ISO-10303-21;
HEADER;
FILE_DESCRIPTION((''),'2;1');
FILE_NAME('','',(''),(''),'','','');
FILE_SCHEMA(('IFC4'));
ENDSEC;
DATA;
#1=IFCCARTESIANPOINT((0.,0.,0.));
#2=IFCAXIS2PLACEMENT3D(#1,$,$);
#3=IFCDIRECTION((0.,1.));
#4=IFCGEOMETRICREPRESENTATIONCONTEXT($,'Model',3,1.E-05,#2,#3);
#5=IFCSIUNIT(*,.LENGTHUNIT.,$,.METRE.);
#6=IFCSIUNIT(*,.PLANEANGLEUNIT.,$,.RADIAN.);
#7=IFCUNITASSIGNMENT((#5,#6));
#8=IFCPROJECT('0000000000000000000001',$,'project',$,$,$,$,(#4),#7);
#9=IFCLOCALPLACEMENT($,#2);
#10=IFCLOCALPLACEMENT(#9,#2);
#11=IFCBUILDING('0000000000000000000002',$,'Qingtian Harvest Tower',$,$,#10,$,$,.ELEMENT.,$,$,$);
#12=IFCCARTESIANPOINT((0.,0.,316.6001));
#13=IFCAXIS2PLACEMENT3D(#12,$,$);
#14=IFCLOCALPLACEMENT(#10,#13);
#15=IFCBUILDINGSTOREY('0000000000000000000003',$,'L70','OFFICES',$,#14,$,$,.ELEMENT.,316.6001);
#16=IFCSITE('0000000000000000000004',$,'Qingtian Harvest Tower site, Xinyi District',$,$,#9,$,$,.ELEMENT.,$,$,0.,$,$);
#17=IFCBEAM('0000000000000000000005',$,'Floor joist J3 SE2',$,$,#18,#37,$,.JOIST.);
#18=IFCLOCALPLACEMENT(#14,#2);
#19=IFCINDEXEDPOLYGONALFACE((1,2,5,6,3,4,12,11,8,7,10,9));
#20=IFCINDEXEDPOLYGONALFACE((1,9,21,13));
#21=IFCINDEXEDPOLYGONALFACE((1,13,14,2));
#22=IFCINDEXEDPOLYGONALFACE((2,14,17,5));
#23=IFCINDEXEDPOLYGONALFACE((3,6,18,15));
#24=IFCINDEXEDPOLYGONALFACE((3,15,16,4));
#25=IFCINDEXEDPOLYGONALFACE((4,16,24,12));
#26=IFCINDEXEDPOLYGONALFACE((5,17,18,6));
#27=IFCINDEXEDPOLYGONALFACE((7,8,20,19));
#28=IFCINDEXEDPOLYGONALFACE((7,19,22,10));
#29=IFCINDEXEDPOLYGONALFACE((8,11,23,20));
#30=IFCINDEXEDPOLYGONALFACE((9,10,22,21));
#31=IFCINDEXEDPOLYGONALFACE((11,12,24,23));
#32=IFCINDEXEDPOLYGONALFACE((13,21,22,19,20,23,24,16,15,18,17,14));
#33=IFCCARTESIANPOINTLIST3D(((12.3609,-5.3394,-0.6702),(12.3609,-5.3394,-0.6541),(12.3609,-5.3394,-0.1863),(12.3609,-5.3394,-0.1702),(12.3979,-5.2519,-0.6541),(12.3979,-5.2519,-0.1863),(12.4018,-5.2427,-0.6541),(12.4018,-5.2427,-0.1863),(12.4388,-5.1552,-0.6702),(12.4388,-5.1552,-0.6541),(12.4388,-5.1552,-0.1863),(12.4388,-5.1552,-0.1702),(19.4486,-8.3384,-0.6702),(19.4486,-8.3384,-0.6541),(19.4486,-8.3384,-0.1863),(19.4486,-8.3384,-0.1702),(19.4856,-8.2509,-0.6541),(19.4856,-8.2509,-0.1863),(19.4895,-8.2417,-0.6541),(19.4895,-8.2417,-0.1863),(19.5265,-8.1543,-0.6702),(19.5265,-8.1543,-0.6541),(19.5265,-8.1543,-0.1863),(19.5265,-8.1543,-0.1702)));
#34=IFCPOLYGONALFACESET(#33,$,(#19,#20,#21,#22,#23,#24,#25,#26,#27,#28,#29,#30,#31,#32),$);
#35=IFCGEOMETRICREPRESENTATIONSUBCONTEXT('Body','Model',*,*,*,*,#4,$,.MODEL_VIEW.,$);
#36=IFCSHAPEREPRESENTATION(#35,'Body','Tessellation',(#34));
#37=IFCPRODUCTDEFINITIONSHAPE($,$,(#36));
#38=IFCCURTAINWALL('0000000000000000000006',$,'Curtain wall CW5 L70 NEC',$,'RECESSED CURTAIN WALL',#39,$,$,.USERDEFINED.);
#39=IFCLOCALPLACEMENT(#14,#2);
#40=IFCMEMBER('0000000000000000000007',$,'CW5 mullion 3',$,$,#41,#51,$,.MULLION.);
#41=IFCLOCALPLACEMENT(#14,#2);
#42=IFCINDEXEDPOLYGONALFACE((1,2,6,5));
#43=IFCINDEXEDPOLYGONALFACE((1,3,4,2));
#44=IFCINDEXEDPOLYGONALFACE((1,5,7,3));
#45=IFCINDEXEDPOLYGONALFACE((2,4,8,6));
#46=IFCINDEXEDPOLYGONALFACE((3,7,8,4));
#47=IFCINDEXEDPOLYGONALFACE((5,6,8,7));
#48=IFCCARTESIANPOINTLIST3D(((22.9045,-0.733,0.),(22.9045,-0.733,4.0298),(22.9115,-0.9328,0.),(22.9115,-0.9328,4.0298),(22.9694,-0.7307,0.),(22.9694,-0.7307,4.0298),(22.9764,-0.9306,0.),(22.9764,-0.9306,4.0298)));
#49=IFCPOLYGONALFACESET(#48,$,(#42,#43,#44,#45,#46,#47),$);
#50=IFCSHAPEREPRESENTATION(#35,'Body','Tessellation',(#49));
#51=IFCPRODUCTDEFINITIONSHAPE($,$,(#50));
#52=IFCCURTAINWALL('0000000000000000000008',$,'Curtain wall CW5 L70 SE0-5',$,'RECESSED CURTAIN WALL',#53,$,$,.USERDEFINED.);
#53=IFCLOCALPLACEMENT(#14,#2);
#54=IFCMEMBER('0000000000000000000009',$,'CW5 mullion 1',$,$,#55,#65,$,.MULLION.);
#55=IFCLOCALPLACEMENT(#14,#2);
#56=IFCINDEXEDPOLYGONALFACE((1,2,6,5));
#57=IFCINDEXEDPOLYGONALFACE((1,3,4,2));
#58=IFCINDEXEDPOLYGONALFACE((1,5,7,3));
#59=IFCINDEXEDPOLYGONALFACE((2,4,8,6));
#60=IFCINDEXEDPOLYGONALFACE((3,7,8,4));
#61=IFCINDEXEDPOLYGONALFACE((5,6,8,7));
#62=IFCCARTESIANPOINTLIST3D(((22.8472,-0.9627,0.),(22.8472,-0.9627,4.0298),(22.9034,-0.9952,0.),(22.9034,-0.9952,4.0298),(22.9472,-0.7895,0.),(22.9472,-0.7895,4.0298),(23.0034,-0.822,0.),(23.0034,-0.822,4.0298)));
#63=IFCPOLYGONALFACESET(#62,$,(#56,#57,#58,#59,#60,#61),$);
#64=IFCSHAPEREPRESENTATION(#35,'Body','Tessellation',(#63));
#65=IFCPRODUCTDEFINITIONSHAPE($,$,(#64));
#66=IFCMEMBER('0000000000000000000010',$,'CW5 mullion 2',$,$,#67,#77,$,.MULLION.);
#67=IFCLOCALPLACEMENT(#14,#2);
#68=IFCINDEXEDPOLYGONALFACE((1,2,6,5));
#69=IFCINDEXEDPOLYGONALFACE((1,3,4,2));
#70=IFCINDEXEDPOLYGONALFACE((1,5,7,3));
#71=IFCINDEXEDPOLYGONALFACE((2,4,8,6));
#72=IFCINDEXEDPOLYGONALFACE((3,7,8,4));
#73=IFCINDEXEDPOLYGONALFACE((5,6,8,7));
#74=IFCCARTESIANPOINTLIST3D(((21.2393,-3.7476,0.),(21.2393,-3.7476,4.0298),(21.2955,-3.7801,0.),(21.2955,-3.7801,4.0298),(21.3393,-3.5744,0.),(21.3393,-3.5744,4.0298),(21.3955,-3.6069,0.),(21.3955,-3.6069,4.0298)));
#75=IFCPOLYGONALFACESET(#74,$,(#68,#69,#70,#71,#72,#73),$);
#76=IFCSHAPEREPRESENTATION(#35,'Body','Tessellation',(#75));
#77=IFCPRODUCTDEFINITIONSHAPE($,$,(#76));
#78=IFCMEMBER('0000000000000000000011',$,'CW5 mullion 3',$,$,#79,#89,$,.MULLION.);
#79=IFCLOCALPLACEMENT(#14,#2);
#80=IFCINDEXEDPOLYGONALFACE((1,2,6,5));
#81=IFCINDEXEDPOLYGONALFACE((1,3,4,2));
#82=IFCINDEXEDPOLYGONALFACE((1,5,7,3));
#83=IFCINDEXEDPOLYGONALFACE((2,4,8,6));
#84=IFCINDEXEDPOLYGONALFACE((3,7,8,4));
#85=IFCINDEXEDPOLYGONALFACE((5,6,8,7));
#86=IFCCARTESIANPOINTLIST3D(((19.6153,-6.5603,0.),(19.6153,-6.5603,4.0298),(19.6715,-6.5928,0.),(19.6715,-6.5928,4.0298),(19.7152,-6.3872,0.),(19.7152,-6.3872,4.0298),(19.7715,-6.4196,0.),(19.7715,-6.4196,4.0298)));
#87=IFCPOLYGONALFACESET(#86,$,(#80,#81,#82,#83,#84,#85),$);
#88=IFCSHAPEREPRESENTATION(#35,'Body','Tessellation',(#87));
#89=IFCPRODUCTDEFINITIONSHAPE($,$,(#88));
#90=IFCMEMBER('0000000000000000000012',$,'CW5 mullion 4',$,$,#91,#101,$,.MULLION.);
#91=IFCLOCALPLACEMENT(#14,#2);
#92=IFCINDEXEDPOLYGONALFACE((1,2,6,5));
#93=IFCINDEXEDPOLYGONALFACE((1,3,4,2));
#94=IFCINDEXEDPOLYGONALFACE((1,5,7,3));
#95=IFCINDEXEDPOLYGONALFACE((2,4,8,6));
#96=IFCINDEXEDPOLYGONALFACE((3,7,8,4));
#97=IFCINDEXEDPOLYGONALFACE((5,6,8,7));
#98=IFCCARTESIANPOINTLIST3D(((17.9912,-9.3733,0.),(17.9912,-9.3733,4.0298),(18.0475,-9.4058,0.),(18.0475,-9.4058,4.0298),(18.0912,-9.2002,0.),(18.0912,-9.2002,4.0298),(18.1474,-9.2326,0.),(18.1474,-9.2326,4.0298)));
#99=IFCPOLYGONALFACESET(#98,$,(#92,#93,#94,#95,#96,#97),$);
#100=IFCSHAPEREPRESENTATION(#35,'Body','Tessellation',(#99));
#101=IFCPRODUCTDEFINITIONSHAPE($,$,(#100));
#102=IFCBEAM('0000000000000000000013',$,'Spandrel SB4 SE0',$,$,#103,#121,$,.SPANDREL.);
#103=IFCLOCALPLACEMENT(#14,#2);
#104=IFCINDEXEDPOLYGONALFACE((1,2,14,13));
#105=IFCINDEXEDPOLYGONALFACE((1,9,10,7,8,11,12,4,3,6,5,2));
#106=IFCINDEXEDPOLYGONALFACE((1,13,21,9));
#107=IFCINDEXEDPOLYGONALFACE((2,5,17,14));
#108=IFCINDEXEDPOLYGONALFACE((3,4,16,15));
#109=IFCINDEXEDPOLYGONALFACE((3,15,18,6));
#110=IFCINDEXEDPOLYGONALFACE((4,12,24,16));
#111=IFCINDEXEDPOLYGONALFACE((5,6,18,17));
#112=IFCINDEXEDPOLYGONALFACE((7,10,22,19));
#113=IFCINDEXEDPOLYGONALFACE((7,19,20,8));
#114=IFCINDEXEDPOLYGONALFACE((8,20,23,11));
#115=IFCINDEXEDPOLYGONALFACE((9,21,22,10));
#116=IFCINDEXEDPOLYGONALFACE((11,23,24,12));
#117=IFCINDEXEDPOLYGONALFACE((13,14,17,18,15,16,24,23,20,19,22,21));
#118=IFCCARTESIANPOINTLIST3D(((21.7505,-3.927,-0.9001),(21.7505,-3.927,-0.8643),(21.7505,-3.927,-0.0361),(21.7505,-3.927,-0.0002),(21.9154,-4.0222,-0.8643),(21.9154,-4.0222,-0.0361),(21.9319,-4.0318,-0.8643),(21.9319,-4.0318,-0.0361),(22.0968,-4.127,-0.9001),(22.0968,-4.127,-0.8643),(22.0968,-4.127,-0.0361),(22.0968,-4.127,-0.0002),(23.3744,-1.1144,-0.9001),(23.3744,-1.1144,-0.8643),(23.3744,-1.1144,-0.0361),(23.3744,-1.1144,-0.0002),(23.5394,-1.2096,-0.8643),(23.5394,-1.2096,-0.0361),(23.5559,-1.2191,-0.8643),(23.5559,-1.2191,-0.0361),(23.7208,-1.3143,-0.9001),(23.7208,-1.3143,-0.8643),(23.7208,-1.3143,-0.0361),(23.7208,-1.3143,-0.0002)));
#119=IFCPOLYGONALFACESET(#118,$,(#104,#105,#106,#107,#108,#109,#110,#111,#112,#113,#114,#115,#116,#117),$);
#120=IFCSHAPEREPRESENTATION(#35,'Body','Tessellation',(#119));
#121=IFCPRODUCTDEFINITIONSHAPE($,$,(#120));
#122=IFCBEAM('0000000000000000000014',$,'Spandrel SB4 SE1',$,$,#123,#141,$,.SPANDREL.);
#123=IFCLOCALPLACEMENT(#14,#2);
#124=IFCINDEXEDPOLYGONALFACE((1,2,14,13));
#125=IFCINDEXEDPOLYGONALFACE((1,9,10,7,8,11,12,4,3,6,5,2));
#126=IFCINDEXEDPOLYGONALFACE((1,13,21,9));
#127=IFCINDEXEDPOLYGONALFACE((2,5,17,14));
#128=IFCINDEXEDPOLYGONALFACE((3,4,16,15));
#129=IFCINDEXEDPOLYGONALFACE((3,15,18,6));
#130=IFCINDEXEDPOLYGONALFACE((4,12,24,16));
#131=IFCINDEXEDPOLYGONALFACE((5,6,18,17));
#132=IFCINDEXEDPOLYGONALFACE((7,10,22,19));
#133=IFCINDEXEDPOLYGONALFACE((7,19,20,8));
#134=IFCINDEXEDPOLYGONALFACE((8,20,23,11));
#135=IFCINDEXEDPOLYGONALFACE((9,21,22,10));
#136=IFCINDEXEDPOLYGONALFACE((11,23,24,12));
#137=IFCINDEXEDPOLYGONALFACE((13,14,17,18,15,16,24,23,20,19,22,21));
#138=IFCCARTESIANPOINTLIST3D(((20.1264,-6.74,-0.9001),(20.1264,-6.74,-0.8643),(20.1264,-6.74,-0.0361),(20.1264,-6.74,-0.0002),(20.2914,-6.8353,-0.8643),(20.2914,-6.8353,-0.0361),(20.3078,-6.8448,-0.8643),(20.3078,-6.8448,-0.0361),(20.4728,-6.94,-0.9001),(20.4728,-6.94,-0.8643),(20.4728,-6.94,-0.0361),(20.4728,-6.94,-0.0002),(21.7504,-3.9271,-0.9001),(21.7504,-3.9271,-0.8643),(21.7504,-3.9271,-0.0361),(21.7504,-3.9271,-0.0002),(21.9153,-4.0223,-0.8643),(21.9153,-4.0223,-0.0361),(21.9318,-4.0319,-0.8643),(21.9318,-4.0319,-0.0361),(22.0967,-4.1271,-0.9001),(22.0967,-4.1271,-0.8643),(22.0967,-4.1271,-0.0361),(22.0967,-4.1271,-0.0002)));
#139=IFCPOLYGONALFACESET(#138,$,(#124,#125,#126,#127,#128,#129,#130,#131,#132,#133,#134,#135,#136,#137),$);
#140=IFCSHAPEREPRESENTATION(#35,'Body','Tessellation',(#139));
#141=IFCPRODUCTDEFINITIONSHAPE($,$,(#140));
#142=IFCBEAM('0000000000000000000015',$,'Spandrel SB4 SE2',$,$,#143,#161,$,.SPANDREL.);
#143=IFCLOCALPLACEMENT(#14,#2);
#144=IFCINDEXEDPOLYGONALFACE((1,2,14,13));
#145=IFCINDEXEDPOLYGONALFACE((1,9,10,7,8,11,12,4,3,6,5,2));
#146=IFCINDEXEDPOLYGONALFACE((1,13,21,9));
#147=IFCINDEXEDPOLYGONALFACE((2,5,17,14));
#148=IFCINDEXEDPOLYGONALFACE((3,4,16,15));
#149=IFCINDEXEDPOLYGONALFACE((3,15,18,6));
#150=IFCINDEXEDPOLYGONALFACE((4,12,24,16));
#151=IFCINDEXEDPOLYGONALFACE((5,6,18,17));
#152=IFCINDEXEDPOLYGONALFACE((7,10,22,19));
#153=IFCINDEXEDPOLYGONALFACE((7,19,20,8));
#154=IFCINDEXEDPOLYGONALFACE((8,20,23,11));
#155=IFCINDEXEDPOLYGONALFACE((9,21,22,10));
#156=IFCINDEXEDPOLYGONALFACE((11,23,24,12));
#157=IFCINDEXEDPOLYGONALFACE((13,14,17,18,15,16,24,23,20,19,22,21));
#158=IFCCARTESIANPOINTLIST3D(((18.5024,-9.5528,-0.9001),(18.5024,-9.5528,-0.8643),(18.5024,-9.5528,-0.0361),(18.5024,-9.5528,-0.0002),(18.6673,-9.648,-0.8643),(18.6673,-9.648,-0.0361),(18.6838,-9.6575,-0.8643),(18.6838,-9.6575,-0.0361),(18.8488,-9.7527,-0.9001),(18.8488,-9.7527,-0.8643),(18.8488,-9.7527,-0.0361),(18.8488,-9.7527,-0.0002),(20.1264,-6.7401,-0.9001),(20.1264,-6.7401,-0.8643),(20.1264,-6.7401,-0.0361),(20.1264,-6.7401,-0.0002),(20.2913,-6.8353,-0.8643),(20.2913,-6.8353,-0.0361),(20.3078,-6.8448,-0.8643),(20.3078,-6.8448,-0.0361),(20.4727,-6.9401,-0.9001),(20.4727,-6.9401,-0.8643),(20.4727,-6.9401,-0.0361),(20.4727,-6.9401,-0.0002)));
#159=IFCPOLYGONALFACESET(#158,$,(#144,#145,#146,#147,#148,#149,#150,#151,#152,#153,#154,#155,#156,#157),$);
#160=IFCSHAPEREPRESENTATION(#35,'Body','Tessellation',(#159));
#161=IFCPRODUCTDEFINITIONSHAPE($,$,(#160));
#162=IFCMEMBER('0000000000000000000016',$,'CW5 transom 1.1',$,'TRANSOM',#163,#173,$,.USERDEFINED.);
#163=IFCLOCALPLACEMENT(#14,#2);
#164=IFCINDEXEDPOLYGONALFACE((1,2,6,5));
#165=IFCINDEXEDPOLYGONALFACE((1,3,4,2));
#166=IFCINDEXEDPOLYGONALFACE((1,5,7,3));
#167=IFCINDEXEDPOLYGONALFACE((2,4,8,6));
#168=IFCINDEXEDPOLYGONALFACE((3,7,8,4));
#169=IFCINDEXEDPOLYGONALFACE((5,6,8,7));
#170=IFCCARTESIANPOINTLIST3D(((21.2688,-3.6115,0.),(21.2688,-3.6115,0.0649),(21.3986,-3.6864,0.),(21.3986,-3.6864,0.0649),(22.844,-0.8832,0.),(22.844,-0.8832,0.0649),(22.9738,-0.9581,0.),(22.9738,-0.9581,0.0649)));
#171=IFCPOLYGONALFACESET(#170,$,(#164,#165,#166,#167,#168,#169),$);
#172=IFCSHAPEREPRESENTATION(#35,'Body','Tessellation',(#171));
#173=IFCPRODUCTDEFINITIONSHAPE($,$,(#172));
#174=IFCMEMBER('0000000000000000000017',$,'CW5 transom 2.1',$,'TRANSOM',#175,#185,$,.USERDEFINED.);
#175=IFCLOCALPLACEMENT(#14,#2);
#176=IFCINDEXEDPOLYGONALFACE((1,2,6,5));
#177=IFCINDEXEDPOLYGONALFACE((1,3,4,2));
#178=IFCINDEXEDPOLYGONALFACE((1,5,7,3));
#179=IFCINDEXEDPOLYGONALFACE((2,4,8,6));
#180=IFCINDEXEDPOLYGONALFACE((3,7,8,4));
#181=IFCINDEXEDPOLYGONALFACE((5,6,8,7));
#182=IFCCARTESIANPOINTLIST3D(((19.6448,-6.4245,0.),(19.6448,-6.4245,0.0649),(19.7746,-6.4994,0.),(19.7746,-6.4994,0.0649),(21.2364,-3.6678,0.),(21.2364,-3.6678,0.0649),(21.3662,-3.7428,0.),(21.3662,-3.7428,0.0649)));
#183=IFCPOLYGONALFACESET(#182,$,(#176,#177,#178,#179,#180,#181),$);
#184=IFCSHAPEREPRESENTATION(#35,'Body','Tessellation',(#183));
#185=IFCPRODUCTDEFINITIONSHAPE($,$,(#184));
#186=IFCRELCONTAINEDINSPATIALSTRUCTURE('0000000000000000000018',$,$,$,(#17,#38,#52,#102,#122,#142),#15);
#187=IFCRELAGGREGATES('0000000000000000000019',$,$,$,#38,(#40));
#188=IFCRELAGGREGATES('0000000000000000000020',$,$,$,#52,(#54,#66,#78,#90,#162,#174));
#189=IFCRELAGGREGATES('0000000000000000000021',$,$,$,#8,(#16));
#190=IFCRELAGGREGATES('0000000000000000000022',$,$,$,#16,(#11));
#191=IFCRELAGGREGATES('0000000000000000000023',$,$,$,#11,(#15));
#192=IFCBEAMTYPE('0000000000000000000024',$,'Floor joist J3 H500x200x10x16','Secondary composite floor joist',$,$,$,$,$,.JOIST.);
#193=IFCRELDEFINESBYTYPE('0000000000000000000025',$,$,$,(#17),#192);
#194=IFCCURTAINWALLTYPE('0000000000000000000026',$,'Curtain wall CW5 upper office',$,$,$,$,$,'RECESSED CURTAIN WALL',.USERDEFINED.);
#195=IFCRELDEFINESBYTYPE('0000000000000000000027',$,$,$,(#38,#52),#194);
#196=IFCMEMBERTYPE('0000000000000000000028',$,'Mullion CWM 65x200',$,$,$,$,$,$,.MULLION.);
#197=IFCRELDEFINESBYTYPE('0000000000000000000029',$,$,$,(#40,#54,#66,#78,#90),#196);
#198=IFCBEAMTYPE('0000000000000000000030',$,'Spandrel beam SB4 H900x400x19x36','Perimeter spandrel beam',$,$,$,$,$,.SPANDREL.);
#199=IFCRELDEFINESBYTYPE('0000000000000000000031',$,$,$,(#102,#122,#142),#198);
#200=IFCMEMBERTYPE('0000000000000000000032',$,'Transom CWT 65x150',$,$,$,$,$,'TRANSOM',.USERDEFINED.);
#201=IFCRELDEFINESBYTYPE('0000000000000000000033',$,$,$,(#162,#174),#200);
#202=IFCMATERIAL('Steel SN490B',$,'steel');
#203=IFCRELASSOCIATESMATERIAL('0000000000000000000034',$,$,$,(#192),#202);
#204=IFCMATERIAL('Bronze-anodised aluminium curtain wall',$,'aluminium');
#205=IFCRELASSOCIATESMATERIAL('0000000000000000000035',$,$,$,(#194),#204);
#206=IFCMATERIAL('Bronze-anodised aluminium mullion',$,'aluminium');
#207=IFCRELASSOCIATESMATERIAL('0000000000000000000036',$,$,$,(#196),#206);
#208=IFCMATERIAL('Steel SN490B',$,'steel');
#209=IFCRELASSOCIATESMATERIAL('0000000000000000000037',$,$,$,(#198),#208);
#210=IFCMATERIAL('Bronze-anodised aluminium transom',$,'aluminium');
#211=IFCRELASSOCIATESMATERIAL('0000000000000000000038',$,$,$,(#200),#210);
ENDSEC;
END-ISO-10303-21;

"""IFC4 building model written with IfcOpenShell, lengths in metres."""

from ifc_helpers import new_model, si_unit, direction, frame, origin, origin_2d, place, context, subcontext, project, spatial, rectangle, i_section, extrude, material, material_profile, profile_set, type_object, element, aggregate, save


model = new_model("IFC4")

# Units and contexts
model_context = context("Model", 3, precision=1e-05, world=origin(), true_north=direction((0.0, 1.0)))
body_context = subcontext(model_context, "Body", "Model", "MODEL_VIEW")
ifc_project = project(units=[si_unit("LENGTHUNIT", "METRE"), si_unit("PLANEANGLEUNIT", "RADIAN")], contexts=[model_context])

# Site, building, storey
site_placement = place(None, origin())
site = spatial("IfcSite", under=ifc_project, at=site_placement, Name="Qingtian Harvest Tower site, Xinyi District", CompositionType="ELEMENT", RefElevation=0.0)
building_placement = place(site_placement, origin())
building = spatial("IfcBuilding", under=site, at=building_placement, Name="Qingtian Harvest Tower", CompositionType="ELEMENT")
storey_placement = place(building_placement, frame((0.0, 0.0, 316.6001)))
storey = spatial("IfcBuildingStorey", under=building, at=storey_placement, Name="L70", Description="OFFICES", CompositionType="ELEMENT", Elevation=316.6001)

# Beam
ifc_material_1 = material(Name="Steel SN490B", Category="steel")
ifc_material_profile_1 = material_profile(ifc_material_1, i_section(OverallWidth=0.2, OverallDepth=0.5, WebThickness=0.01, FlangeThickness=0.0161, at=origin_2d()), Name="H500x200x10x16")
ifc_profile_set_1 = profile_set([ifc_material_profile_1], Name="Steel SN490B")
beam_type_1 = type_object("IfcBeamType", Name="Floor joist J3 H500x200x10x16", Description="Secondary composite floor joist", PredefinedType="JOIST", material=ifc_profile_set_1)
beam_1_placement = place(storey_placement, frame((19.4875, -8.2463, -0.4202), z_axis=(-0.920948, 0.389684, 0.0), x_axis=(-0.389684, -0.920948, 0.0)))
element("IfcBeam", 1, at=beam_1_placement, inside=storey, type_object=beam_type_1, Name="Floor joist J3 SE2", PredefinedType="JOIST", context=body_context, shape_type="SweptSolid", body=[
    extrude(i_section(OverallWidth=0.2, OverallDepth=0.5, WebThickness=0.01, FlangeThickness=0.0161, at=origin_2d()), origin(), (0.0, 0.0, 1.0), 7.696),
])

# Curtain wall, member
ifc_material_2 = material(Name="Bronze-anodised aluminium curtain wall", Category="aluminium")
curtain_wall_type = type_object("IfcCurtainWallType", Name="Curtain wall CW5 upper office", ElementType="RECESSED CURTAIN WALL", PredefinedType="USERDEFINED", material=ifc_material_2)
curtain_wall_1_placement = place(storey_placement, origin())
curtain_wall_1 = element("IfcCurtainWall", 2, at=curtain_wall_1_placement, inside=storey, type_object=curtain_wall_type, Name="Curtain wall CW5 L70 NEC", ObjectType="RECESSED CURTAIN WALL", PredefinedType="USERDEFINED")
ifc_material_3 = material(Name="Bronze-anodised aluminium mullion", Category="aluminium")
ifc_material_profile_2 = material_profile(ifc_material_3, rectangle(XDim=0.0649, YDim=0.2, at=origin_2d()), Name="AL 65x200")
ifc_profile_set_2 = profile_set([ifc_material_profile_2], Name="Bronze-anodised aluminium mullion")
member_type_1 = type_object("IfcMemberType", Name="Mullion CWM 65x200", PredefinedType="MULLION", material=ifc_profile_set_2)
member_1_placement = place(storey_placement, frame((22.9404, -0.8318, 0.0), z_axis=(0.0, 0.0, 1.0), x_axis=(0.999391, 0.034899, 0.0)))
member_1 = element("IfcMember", 3, at=member_1_placement, type_object=member_type_1, Name="CW5 mullion 3", PredefinedType="MULLION", context=body_context, shape_type="SweptSolid", body=[
    extrude(rectangle(XDim=0.0649, YDim=0.2, at=origin_2d()), origin(), (0.0, 0.0, 1.0), 4.0298),
])

# Curtain wall, members
curtain_wall_2_placement = place(storey_placement, origin())
curtain_wall_2 = element("IfcCurtainWall", 4, at=curtain_wall_2_placement, inside=storey, type_object=curtain_wall_type, Name="Curtain wall CW5 L70 SE0-5", ObjectType="RECESSED CURTAIN WALL", PredefinedType="USERDEFINED")
member_2_placement = place(storey_placement, frame((22.9253, -0.8923, 0.0), z_axis=(0.0, 0.0, 1.0), x_axis=(0.866025, -0.5, 0.0)))
member_2 = element("IfcMember", 5, at=member_2_placement, type_object=member_type_1, Name="CW5 mullion 1", PredefinedType="MULLION", context=body_context, shape_type="SweptSolid", body=[
    extrude(rectangle(XDim=0.0649, YDim=0.2, at=origin_2d()), origin(), (0.0, 0.0, 1.0), 4.0298),
])
member_3_placement = place(storey_placement, frame((21.3174, -3.6772, 0.0), z_axis=(0.0, 0.0, 1.0), x_axis=(0.866025, -0.5, 0.0)))
member_3 = element("IfcMember", 6, at=member_3_placement, type_object=member_type_1, Name="CW5 mullion 2", PredefinedType="MULLION", context=body_context, shape_type="SweptSolid", body=[
    extrude(rectangle(XDim=0.0649, YDim=0.2, at=origin_2d()), origin(), (0.0, 0.0, 1.0), 4.0298),
])
member_4_placement = place(storey_placement, frame((19.6934, -6.49, 0.0), z_axis=(0.0, 0.0, 1.0), x_axis=(0.866025, -0.5, 0.0)))
member_4 = element("IfcMember", 7, at=member_4_placement, type_object=member_type_1, Name="CW5 mullion 3", PredefinedType="MULLION", context=body_context, shape_type="SweptSolid", body=[
    extrude(rectangle(XDim=0.0649, YDim=0.2, at=origin_2d()), origin(), (0.0, 0.0, 1.0), 4.0298),
])
member_5_placement = place(storey_placement, frame((18.0693, -9.303, 0.0), z_axis=(0.0, 0.0, 1.0), x_axis=(0.866025, -0.5, 0.0)))
member_5 = element("IfcMember", 8, at=member_5_placement, type_object=member_type_1, Name="CW5 mullion 4", PredefinedType="MULLION", context=body_context, shape_type="SweptSolid", body=[
    extrude(rectangle(XDim=0.0649, YDim=0.2, at=origin_2d()), origin(), (0.0, 0.0, 1.0), 4.0298),
])

# Beams
ifc_material_4 = material(Name="Steel SN490B", Category="steel")
ifc_material_profile_3 = material_profile(ifc_material_4, i_section(OverallWidth=0.3999, OverallDepth=0.8999, WebThickness=0.019, FlangeThickness=0.0359, at=origin_2d()), Name="H900x400x19x36")
ifc_profile_set_3 = profile_set([ifc_material_profile_3], Name="Steel SN490B")
beam_type_2 = type_object("IfcBeamType", Name="Spandrel beam SB4 H900x400x19x36", Description="Perimeter spandrel beam", PredefinedType="SPANDREL", material=ifc_profile_set_3)
beam_2_placement = place(storey_placement, frame((23.5476, -1.2144, -0.4502), z_axis=(-0.50002, -0.866014, 0.0), x_axis=(0.866014, -0.50002, 0.0)))
element("IfcBeam", 9, at=beam_2_placement, inside=storey, type_object=beam_type_2, Name="Spandrel SB4 SE0", PredefinedType="SPANDREL", context=body_context, shape_type="SweptSolid", body=[
    extrude(i_section(OverallWidth=0.3999, OverallDepth=0.8999, WebThickness=0.019, FlangeThickness=0.0359, at=origin_2d()), origin(), (0.0, 0.0, 1.0), 3.2478),
])
beam_3_placement = place(storey_placement, frame((21.9236, -4.0271, -0.4502), z_axis=(-0.499987, -0.866033, 0.0), x_axis=(0.866033, -0.499987, 0.0)))
element("IfcBeam", 10, at=beam_3_placement, inside=storey, type_object=beam_type_2, Name="Spandrel SB4 SE1", PredefinedType="SPANDREL", context=body_context, shape_type="SweptSolid", body=[
    extrude(i_section(OverallWidth=0.3999, OverallDepth=0.8999, WebThickness=0.019, FlangeThickness=0.0359, at=origin_2d()), origin(), (0.0, 0.0, 1.0), 3.248),
])
beam_4_placement = place(storey_placement, frame((20.2996, -6.8401, -0.4502), z_axis=(-0.50002, -0.866014, 0.0), x_axis=(0.866014, -0.50002, 0.0)))
element("IfcBeam", 11, at=beam_4_placement, inside=storey, type_object=beam_type_2, Name="Spandrel SB4 SE2", PredefinedType="SPANDREL", context=body_context, shape_type="SweptSolid", body=[
    extrude(i_section(OverallWidth=0.3999, OverallDepth=0.8999, WebThickness=0.019, FlangeThickness=0.0359, at=origin_2d()), origin(), (0.0, 0.0, 1.0), 3.2478),
])

# Members
ifc_material_5 = material(Name="Bronze-anodised aluminium transom", Category="aluminium")
ifc_material_profile_4 = material_profile(ifc_material_5, rectangle(XDim=0.1499, YDim=0.0649, at=origin_2d()), Name="AL 65x150")
ifc_profile_set_4 = profile_set([ifc_material_profile_4], Name="Bronze-anodised aluminium transom")
member_type_2 = type_object("IfcMemberType", Name="Transom CWT 65x150", ElementType="TRANSOM", PredefinedType="USERDEFINED", material=ifc_profile_set_4)
member_6_placement = place(storey_placement, frame((22.9089, -0.9207, 0.0325), z_axis=(-0.500006, -0.866022, 0.0), x_axis=(0.866022, -0.500006, 0.0)))
member_6 = element("IfcMember", 12, at=member_6_placement, type_object=member_type_2, Name="CW5 transom 1.1", ObjectType="TRANSOM", PredefinedType="USERDEFINED", context=body_context, shape_type="SweptSolid", body=[
    extrude(rectangle(XDim=0.1499, YDim=0.0649, at=origin_2d()), origin(), (0.0, 0.0, 1.0), 3.1504),
])
member_7_placement = place(storey_placement, frame((21.3013, -3.7053, 0.0325), z_axis=(-0.500008, -0.866021, 0.0), x_axis=(0.866021, -0.500008, 0.0)))
member_7 = element("IfcMember", 13, at=member_7_placement, type_object=member_type_2, Name="CW5 transom 2.1", ObjectType="TRANSOM", PredefinedType="USERDEFINED", context=body_context, shape_type="SweptSolid", body=[
    extrude(rectangle(XDim=0.1499, YDim=0.0649, at=origin_2d()), origin(), (0.0, 0.0, 1.0), 3.1831),
])

aggregate(curtain_wall_1, [member_1])
aggregate(curtain_wall_2, [member_2, member_3, member_4, member_5, member_6, member_7])

save(model, "model.ifc")
